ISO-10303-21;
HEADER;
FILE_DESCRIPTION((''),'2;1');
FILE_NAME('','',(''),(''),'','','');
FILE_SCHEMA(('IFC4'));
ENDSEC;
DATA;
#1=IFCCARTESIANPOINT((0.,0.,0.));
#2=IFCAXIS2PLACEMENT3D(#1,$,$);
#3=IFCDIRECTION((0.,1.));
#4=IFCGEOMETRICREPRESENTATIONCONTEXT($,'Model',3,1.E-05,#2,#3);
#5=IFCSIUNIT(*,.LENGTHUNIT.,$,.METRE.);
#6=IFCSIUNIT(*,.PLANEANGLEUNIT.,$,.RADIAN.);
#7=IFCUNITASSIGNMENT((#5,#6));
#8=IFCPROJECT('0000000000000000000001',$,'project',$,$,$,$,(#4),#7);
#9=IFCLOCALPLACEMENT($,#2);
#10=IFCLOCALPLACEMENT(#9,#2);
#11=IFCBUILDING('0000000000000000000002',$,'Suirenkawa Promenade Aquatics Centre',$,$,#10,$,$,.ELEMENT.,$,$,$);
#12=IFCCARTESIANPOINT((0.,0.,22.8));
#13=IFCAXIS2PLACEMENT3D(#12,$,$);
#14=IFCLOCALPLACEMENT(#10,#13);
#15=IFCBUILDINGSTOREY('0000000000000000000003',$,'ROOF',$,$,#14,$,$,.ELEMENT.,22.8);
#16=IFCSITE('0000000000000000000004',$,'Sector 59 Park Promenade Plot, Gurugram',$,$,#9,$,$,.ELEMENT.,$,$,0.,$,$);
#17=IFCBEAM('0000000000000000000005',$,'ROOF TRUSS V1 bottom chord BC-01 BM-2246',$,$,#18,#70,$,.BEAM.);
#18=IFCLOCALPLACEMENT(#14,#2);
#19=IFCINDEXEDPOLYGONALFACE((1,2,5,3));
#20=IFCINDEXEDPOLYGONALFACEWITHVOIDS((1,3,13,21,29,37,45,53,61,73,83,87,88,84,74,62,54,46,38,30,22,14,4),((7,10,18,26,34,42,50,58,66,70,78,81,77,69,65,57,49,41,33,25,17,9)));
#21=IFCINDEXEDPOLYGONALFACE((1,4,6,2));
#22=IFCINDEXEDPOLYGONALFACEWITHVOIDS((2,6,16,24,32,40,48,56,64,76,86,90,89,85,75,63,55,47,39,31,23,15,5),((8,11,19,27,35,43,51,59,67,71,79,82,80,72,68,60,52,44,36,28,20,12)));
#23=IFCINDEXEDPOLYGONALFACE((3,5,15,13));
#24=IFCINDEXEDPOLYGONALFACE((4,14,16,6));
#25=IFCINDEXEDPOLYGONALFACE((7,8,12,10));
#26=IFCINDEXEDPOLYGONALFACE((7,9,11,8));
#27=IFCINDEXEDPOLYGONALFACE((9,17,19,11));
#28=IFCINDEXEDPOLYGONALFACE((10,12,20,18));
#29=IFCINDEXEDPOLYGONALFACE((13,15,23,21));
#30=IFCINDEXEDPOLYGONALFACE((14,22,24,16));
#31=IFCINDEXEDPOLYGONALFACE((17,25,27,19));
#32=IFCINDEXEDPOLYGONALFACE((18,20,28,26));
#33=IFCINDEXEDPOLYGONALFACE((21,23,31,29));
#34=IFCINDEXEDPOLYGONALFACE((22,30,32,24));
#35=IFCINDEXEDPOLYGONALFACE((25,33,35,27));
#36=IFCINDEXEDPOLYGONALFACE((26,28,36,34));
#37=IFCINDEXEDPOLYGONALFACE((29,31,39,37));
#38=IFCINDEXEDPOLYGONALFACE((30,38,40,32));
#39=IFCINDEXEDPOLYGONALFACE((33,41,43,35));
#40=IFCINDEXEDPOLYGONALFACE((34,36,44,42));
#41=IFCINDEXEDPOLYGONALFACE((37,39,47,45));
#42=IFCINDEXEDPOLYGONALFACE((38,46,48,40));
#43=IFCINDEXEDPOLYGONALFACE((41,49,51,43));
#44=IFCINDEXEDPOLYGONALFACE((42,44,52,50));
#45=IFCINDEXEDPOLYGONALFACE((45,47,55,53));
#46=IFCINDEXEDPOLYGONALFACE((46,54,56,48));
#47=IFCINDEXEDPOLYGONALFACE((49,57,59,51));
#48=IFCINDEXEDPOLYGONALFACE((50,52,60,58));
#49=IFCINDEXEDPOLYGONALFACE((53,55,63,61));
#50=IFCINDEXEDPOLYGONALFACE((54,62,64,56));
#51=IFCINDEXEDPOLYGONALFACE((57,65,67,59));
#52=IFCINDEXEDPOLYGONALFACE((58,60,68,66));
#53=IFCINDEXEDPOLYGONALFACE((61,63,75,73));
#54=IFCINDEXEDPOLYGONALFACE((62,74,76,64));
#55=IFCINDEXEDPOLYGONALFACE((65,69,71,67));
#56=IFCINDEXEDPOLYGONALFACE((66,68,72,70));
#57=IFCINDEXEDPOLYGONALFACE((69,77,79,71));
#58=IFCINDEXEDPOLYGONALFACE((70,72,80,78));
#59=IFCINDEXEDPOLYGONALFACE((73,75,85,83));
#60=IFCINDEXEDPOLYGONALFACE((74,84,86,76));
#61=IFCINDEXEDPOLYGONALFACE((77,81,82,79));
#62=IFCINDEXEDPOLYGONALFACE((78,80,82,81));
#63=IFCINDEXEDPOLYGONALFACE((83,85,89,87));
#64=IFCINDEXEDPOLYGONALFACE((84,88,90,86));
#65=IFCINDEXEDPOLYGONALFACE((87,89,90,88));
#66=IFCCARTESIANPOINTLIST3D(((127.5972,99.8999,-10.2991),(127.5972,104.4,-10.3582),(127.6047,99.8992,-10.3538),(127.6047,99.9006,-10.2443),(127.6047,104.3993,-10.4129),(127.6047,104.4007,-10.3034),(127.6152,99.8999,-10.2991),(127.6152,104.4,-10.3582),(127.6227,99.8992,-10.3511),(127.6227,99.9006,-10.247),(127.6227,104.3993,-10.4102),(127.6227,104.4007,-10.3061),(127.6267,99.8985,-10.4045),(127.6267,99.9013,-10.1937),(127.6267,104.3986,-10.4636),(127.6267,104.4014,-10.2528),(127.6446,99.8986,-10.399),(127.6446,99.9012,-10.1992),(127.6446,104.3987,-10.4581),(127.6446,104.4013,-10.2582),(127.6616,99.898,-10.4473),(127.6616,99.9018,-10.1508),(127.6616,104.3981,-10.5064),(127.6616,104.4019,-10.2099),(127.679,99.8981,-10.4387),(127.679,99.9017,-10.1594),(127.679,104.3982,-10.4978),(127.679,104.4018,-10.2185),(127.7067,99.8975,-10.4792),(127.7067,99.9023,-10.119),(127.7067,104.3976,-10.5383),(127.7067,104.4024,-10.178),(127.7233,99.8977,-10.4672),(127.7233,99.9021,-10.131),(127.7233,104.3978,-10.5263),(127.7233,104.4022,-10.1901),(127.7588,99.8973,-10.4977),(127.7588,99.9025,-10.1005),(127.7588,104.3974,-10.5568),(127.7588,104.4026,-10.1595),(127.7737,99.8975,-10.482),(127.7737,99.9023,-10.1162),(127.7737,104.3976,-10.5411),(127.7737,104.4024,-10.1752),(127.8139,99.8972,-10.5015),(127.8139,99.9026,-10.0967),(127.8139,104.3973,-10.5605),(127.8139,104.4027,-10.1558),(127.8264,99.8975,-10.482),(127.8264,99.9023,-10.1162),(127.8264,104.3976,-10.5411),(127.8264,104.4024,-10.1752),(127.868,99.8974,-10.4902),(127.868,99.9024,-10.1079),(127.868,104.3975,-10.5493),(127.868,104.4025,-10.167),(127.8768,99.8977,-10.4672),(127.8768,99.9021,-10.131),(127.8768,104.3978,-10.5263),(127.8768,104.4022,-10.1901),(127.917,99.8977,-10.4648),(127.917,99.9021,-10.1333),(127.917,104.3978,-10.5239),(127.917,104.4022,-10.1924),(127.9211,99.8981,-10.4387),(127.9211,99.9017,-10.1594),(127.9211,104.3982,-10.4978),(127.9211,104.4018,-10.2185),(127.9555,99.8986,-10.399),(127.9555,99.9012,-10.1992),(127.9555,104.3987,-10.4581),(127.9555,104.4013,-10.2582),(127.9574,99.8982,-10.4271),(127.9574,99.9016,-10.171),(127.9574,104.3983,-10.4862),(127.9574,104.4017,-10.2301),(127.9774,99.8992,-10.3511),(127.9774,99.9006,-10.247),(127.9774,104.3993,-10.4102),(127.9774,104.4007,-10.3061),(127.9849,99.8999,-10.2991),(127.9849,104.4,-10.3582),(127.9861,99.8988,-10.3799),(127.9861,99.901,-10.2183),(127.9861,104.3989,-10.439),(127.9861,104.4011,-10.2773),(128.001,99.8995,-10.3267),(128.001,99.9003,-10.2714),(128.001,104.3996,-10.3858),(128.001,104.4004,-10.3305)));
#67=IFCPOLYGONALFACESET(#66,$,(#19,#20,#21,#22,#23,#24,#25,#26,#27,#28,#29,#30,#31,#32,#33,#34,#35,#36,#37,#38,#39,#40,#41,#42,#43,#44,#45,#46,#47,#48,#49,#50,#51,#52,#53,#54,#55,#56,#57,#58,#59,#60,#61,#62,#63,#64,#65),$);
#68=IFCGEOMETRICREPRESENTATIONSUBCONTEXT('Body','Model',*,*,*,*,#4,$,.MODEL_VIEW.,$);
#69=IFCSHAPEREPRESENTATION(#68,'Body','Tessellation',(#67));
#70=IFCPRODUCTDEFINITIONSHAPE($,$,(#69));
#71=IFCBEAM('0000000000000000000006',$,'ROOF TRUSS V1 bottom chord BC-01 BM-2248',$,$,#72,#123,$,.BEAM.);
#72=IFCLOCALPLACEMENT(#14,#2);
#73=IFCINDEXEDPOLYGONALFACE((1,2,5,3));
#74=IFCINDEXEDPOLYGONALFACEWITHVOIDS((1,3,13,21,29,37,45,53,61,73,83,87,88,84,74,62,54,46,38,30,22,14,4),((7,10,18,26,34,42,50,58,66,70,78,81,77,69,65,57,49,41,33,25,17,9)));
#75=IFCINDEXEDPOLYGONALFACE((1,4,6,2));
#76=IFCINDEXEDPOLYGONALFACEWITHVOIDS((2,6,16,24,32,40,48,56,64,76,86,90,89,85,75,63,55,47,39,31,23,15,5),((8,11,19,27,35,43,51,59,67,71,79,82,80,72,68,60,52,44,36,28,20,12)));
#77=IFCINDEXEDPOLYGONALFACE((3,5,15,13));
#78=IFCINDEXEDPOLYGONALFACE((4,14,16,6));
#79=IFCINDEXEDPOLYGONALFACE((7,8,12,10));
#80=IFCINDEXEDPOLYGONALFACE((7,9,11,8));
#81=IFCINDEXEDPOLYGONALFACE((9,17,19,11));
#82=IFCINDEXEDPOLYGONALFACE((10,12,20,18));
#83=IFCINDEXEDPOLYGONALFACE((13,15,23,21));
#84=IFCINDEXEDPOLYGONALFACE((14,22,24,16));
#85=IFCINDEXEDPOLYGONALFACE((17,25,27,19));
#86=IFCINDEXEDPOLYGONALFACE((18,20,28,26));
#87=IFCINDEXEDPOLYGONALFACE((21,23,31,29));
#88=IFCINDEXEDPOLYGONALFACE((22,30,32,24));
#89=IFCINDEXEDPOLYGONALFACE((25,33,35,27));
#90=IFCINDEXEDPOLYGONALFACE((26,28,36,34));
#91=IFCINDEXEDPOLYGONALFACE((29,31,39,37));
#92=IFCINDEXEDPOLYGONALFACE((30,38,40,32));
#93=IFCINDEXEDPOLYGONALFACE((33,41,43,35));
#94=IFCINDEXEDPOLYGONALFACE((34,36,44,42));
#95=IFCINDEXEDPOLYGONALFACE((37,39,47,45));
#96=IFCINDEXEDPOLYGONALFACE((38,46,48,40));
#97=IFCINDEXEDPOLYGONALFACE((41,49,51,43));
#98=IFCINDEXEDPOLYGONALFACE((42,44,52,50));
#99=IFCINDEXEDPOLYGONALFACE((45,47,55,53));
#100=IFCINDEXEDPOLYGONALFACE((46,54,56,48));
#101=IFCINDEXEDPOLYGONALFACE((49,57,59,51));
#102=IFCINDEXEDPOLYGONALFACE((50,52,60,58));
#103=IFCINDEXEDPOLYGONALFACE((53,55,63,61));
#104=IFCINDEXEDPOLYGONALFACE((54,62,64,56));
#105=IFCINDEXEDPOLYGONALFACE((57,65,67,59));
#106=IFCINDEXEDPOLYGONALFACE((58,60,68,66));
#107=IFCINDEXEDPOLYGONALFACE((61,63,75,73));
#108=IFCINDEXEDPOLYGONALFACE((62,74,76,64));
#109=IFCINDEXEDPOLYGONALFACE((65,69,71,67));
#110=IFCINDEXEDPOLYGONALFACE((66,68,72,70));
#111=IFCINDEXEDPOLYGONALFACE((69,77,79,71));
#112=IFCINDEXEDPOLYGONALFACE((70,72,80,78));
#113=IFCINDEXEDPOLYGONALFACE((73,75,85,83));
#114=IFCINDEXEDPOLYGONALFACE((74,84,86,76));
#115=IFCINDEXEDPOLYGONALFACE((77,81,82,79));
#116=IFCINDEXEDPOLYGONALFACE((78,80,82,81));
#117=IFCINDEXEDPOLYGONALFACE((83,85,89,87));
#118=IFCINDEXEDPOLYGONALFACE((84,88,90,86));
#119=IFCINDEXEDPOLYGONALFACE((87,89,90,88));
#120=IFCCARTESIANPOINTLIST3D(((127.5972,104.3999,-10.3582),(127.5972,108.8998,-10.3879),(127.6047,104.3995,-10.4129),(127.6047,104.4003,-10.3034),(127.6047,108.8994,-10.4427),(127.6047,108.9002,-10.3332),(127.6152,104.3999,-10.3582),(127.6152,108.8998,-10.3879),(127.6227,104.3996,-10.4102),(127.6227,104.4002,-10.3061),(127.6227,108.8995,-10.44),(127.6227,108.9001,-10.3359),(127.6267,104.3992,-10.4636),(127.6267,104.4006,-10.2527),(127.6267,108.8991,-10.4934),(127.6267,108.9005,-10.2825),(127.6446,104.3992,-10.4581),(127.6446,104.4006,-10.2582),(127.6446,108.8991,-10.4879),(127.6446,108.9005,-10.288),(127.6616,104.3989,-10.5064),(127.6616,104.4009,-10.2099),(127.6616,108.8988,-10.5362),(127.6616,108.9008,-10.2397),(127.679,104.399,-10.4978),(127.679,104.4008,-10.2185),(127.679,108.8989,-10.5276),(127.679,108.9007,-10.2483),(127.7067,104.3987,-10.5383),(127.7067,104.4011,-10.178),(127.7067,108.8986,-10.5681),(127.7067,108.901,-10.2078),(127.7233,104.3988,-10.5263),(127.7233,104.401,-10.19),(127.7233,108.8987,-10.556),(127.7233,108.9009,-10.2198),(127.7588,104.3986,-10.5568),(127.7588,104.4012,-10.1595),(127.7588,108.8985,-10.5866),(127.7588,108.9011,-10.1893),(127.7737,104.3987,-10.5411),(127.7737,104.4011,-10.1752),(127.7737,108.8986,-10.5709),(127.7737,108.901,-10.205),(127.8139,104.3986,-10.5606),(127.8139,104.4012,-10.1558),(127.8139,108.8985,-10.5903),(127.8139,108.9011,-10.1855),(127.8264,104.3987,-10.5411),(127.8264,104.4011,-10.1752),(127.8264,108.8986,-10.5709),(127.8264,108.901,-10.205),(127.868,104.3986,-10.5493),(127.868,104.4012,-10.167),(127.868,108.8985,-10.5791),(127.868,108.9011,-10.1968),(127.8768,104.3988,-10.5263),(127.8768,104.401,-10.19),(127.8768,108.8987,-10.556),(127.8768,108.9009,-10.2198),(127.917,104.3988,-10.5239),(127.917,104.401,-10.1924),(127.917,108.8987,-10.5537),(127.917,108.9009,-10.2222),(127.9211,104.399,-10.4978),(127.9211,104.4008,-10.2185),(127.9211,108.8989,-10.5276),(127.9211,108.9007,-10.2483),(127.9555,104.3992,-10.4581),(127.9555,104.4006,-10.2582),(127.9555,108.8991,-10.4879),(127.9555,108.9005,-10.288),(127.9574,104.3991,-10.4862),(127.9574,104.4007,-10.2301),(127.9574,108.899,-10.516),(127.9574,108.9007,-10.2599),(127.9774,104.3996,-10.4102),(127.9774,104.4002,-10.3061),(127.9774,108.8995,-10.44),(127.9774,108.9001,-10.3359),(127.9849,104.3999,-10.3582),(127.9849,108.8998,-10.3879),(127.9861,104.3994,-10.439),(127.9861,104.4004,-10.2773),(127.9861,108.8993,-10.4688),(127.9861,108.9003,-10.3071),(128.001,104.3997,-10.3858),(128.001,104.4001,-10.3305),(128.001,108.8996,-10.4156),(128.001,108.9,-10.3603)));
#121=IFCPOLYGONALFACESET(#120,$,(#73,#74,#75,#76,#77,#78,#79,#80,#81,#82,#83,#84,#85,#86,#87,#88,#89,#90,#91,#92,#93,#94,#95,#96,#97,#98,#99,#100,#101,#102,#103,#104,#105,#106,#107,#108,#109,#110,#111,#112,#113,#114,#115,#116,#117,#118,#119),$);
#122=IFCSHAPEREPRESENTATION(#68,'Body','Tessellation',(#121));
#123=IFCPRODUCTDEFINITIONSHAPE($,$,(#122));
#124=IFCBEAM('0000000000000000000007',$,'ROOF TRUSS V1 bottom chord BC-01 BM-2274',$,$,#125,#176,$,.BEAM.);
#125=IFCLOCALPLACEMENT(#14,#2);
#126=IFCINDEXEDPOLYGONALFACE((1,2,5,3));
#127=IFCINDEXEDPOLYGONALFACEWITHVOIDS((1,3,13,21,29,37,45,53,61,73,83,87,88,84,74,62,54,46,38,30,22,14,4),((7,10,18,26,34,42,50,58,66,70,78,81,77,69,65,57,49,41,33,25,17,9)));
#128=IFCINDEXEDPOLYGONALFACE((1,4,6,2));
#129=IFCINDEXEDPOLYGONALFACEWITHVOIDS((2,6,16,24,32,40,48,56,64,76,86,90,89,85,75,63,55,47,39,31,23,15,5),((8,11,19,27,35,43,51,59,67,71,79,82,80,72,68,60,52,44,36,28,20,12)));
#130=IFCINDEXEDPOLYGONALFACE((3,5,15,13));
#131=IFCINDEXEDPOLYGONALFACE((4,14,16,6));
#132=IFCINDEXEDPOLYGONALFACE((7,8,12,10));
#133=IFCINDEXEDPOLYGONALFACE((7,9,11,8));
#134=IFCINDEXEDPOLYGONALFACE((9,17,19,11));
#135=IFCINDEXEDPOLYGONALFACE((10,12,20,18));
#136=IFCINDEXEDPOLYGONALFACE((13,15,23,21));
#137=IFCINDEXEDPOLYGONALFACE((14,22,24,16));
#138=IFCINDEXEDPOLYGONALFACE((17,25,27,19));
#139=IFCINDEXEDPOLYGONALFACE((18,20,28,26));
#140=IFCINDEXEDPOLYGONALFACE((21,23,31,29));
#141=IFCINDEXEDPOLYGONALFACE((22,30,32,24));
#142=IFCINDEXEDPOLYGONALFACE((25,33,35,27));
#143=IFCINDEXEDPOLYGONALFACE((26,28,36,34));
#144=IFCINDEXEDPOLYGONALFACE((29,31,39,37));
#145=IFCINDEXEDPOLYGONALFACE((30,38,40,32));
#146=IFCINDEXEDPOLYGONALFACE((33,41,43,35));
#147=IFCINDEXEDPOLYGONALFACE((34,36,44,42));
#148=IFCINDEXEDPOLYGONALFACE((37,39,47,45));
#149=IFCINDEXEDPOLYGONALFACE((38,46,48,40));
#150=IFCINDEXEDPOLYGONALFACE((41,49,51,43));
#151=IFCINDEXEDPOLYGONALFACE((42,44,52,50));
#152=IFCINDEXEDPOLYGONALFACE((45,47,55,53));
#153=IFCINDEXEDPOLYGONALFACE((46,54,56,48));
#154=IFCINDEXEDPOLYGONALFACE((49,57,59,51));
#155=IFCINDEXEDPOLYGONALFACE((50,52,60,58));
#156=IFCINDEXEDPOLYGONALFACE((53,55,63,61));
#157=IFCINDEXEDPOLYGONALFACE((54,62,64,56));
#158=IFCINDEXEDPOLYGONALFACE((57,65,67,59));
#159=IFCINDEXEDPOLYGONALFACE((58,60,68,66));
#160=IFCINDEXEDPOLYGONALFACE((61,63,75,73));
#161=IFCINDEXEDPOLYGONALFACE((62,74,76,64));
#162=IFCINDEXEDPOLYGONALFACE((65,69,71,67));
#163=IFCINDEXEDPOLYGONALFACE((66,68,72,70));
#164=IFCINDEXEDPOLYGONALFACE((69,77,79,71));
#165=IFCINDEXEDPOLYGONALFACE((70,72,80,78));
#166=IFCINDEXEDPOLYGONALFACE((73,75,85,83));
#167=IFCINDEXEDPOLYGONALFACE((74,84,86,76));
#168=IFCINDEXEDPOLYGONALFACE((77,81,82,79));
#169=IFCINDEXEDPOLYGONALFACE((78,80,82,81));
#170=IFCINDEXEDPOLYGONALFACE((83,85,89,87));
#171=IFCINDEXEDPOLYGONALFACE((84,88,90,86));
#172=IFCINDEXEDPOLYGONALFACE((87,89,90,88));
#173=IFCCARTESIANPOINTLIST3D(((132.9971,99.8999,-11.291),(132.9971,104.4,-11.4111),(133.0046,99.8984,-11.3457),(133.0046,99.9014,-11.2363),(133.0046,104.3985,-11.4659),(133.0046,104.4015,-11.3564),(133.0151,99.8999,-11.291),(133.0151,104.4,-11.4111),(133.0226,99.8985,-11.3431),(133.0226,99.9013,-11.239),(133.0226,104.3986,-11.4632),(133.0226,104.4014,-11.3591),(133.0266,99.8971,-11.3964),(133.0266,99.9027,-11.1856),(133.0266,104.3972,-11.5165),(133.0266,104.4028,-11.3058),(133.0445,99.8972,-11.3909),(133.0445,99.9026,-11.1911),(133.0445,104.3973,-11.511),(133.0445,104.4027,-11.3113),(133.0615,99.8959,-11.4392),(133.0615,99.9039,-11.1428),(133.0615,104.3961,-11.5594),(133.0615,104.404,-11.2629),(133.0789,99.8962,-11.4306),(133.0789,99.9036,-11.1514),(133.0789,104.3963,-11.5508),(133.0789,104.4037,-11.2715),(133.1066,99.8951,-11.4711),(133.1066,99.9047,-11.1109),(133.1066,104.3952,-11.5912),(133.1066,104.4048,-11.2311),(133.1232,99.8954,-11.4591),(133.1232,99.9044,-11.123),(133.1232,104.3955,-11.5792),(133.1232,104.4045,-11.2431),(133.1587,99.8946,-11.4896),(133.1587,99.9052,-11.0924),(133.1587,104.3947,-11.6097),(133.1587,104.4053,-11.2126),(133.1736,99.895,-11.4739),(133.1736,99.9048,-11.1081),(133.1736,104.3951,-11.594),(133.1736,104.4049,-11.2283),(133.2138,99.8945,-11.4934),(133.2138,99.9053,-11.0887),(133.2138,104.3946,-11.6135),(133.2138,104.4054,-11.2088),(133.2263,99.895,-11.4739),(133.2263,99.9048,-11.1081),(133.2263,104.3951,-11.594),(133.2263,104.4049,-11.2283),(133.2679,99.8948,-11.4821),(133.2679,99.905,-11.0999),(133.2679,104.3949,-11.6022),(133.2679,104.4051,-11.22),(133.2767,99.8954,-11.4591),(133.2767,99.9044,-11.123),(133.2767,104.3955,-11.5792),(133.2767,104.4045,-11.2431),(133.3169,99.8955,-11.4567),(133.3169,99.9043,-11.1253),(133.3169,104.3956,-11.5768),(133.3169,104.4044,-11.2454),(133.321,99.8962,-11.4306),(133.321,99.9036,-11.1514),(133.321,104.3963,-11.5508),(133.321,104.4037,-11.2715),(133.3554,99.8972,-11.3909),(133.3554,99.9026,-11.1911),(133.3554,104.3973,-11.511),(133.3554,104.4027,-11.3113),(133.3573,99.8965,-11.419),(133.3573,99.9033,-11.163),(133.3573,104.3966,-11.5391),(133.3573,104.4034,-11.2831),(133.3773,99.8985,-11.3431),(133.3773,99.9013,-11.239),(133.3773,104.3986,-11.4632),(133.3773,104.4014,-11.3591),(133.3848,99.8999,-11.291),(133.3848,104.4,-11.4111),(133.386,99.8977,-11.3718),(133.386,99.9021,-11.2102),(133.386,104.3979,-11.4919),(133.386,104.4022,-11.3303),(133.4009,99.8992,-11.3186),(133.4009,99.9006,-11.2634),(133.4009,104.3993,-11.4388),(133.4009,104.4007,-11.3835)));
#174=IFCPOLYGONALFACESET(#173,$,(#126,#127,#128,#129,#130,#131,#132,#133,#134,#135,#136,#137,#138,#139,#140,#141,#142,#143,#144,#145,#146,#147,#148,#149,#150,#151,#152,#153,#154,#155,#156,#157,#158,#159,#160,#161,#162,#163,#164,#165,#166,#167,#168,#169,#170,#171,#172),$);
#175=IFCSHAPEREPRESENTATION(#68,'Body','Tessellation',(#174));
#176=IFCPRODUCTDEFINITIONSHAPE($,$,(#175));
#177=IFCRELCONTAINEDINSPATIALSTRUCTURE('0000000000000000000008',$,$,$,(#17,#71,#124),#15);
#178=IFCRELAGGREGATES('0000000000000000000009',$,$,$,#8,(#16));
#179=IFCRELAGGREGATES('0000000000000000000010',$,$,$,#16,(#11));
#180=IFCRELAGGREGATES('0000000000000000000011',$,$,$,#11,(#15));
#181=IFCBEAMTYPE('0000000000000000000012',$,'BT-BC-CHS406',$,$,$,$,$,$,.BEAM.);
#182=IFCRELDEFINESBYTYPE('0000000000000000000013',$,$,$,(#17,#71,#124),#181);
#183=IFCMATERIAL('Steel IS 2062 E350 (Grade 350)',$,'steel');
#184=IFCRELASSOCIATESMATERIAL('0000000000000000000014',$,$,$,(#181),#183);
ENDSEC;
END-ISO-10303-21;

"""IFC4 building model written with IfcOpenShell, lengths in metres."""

from ifc_helpers import new_model, si_unit, direction, frame, origin, origin_2d, place, context, subcontext, project, spatial, hollow_circle, extrude, material, material_profile, profile_set, type_object, element, save


model = new_model("IFC4")

# Units and contexts
model_context = context("Model", 3, precision=1e-05, world=origin(), true_north=direction((0.0, 1.0)))
body_context = subcontext(model_context, "Body", "Model", "MODEL_VIEW")
ifc_project = project(units=[si_unit("LENGTHUNIT", "METRE"), si_unit("PLANEANGLEUNIT", "RADIAN")], contexts=[model_context])

# Site, building, storey
site_placement = place(None, origin())
site = spatial("IfcSite", under=ifc_project, at=site_placement, Name="Sector 59 Park Promenade Plot, Gurugram", CompositionType="ELEMENT", RefElevation=0.0)
building_placement = place(site_placement, origin())
building = spatial("IfcBuilding", under=site, at=building_placement, Name="Suirenkawa Promenade Aquatics Centre", CompositionType="ELEMENT")
storey_placement = place(building_placement, frame((0.0, 0.0, 22.8)))
storey = spatial("IfcBuildingStorey", under=building, at=storey_placement, Name="ROOF", CompositionType="ELEMENT", Elevation=22.8)

# Beams
ifc_material = material(Name="Steel IS 2062 E350 (Grade 350)", Category="steel")
ifc_material_profile_1 = material_profile(ifc_material, hollow_circle(Radius=0.2029, WallThickness=0.0181, at=origin_2d()), Name="CHS 406x18", Category="steel")
ifc_profile_set_1 = profile_set([ifc_material_profile_1], Name="Steel IS 2062 E350 (Grade 350)")
beam_type_1 = type_object("IfcBeamType", Name="BT-BC-CHS406", PredefinedType="BEAM", material=ifc_profile_set_1)
beam_1_placement = place(storey_placement, frame((127.8, 99.8999, -10.2991), z_axis=(0.0, 0.999914, -0.013128), x_axis=(-1.0, 0.0, 0.0)))
element("IfcBeam", 1, at=beam_1_placement, inside=storey, type_object=beam_type_1, Name="ROOF TRUSS V1 bottom chord BC-01 BM-2246", PredefinedType="BEAM", context=body_context, shape_type="SweptSolid", body=[
    extrude(hollow_circle(Radius=0.2029, WallThickness=0.0181, at=origin_2d()), origin(), (0.0, 0.0, 1.0), 4.5005),
])
beam_2_placement = place(storey_placement, frame((127.8, 104.3999, -10.3582), z_axis=(0.0, 0.999978, -0.006619), x_axis=(-1.0, 0.0, 0.0)))
element("IfcBeam", 2, at=beam_2_placement, inside=storey, type_object=beam_type_1, Name="ROOF TRUSS V1 bottom chord BC-01 BM-2248", PredefinedType="BEAM", context=body_context, shape_type="SweptSolid", body=[
    extrude(hollow_circle(Radius=0.2029, WallThickness=0.0181, at=origin_2d()), origin(), (0.0, 0.0, 1.0), 4.5),
])
beam_3_placement = place(storey_placement, frame((133.2, 99.8999, -11.291), z_axis=(0.0, 0.999644, -0.026683), x_axis=(-1.0, 0.0, 0.0)))
element("IfcBeam", 3, at=beam_3_placement, inside=storey, type_object=beam_type_1, Name="ROOF TRUSS V1 bottom chord BC-01 BM-2274", PredefinedType="BEAM", context=body_context, shape_type="SweptSolid", body=[
    extrude(hollow_circle(Radius=0.2029, WallThickness=0.0181, at=origin_2d()), origin(), (0.0, 0.0, 1.0), 4.5017),
])

save(model, "model.ifc")
